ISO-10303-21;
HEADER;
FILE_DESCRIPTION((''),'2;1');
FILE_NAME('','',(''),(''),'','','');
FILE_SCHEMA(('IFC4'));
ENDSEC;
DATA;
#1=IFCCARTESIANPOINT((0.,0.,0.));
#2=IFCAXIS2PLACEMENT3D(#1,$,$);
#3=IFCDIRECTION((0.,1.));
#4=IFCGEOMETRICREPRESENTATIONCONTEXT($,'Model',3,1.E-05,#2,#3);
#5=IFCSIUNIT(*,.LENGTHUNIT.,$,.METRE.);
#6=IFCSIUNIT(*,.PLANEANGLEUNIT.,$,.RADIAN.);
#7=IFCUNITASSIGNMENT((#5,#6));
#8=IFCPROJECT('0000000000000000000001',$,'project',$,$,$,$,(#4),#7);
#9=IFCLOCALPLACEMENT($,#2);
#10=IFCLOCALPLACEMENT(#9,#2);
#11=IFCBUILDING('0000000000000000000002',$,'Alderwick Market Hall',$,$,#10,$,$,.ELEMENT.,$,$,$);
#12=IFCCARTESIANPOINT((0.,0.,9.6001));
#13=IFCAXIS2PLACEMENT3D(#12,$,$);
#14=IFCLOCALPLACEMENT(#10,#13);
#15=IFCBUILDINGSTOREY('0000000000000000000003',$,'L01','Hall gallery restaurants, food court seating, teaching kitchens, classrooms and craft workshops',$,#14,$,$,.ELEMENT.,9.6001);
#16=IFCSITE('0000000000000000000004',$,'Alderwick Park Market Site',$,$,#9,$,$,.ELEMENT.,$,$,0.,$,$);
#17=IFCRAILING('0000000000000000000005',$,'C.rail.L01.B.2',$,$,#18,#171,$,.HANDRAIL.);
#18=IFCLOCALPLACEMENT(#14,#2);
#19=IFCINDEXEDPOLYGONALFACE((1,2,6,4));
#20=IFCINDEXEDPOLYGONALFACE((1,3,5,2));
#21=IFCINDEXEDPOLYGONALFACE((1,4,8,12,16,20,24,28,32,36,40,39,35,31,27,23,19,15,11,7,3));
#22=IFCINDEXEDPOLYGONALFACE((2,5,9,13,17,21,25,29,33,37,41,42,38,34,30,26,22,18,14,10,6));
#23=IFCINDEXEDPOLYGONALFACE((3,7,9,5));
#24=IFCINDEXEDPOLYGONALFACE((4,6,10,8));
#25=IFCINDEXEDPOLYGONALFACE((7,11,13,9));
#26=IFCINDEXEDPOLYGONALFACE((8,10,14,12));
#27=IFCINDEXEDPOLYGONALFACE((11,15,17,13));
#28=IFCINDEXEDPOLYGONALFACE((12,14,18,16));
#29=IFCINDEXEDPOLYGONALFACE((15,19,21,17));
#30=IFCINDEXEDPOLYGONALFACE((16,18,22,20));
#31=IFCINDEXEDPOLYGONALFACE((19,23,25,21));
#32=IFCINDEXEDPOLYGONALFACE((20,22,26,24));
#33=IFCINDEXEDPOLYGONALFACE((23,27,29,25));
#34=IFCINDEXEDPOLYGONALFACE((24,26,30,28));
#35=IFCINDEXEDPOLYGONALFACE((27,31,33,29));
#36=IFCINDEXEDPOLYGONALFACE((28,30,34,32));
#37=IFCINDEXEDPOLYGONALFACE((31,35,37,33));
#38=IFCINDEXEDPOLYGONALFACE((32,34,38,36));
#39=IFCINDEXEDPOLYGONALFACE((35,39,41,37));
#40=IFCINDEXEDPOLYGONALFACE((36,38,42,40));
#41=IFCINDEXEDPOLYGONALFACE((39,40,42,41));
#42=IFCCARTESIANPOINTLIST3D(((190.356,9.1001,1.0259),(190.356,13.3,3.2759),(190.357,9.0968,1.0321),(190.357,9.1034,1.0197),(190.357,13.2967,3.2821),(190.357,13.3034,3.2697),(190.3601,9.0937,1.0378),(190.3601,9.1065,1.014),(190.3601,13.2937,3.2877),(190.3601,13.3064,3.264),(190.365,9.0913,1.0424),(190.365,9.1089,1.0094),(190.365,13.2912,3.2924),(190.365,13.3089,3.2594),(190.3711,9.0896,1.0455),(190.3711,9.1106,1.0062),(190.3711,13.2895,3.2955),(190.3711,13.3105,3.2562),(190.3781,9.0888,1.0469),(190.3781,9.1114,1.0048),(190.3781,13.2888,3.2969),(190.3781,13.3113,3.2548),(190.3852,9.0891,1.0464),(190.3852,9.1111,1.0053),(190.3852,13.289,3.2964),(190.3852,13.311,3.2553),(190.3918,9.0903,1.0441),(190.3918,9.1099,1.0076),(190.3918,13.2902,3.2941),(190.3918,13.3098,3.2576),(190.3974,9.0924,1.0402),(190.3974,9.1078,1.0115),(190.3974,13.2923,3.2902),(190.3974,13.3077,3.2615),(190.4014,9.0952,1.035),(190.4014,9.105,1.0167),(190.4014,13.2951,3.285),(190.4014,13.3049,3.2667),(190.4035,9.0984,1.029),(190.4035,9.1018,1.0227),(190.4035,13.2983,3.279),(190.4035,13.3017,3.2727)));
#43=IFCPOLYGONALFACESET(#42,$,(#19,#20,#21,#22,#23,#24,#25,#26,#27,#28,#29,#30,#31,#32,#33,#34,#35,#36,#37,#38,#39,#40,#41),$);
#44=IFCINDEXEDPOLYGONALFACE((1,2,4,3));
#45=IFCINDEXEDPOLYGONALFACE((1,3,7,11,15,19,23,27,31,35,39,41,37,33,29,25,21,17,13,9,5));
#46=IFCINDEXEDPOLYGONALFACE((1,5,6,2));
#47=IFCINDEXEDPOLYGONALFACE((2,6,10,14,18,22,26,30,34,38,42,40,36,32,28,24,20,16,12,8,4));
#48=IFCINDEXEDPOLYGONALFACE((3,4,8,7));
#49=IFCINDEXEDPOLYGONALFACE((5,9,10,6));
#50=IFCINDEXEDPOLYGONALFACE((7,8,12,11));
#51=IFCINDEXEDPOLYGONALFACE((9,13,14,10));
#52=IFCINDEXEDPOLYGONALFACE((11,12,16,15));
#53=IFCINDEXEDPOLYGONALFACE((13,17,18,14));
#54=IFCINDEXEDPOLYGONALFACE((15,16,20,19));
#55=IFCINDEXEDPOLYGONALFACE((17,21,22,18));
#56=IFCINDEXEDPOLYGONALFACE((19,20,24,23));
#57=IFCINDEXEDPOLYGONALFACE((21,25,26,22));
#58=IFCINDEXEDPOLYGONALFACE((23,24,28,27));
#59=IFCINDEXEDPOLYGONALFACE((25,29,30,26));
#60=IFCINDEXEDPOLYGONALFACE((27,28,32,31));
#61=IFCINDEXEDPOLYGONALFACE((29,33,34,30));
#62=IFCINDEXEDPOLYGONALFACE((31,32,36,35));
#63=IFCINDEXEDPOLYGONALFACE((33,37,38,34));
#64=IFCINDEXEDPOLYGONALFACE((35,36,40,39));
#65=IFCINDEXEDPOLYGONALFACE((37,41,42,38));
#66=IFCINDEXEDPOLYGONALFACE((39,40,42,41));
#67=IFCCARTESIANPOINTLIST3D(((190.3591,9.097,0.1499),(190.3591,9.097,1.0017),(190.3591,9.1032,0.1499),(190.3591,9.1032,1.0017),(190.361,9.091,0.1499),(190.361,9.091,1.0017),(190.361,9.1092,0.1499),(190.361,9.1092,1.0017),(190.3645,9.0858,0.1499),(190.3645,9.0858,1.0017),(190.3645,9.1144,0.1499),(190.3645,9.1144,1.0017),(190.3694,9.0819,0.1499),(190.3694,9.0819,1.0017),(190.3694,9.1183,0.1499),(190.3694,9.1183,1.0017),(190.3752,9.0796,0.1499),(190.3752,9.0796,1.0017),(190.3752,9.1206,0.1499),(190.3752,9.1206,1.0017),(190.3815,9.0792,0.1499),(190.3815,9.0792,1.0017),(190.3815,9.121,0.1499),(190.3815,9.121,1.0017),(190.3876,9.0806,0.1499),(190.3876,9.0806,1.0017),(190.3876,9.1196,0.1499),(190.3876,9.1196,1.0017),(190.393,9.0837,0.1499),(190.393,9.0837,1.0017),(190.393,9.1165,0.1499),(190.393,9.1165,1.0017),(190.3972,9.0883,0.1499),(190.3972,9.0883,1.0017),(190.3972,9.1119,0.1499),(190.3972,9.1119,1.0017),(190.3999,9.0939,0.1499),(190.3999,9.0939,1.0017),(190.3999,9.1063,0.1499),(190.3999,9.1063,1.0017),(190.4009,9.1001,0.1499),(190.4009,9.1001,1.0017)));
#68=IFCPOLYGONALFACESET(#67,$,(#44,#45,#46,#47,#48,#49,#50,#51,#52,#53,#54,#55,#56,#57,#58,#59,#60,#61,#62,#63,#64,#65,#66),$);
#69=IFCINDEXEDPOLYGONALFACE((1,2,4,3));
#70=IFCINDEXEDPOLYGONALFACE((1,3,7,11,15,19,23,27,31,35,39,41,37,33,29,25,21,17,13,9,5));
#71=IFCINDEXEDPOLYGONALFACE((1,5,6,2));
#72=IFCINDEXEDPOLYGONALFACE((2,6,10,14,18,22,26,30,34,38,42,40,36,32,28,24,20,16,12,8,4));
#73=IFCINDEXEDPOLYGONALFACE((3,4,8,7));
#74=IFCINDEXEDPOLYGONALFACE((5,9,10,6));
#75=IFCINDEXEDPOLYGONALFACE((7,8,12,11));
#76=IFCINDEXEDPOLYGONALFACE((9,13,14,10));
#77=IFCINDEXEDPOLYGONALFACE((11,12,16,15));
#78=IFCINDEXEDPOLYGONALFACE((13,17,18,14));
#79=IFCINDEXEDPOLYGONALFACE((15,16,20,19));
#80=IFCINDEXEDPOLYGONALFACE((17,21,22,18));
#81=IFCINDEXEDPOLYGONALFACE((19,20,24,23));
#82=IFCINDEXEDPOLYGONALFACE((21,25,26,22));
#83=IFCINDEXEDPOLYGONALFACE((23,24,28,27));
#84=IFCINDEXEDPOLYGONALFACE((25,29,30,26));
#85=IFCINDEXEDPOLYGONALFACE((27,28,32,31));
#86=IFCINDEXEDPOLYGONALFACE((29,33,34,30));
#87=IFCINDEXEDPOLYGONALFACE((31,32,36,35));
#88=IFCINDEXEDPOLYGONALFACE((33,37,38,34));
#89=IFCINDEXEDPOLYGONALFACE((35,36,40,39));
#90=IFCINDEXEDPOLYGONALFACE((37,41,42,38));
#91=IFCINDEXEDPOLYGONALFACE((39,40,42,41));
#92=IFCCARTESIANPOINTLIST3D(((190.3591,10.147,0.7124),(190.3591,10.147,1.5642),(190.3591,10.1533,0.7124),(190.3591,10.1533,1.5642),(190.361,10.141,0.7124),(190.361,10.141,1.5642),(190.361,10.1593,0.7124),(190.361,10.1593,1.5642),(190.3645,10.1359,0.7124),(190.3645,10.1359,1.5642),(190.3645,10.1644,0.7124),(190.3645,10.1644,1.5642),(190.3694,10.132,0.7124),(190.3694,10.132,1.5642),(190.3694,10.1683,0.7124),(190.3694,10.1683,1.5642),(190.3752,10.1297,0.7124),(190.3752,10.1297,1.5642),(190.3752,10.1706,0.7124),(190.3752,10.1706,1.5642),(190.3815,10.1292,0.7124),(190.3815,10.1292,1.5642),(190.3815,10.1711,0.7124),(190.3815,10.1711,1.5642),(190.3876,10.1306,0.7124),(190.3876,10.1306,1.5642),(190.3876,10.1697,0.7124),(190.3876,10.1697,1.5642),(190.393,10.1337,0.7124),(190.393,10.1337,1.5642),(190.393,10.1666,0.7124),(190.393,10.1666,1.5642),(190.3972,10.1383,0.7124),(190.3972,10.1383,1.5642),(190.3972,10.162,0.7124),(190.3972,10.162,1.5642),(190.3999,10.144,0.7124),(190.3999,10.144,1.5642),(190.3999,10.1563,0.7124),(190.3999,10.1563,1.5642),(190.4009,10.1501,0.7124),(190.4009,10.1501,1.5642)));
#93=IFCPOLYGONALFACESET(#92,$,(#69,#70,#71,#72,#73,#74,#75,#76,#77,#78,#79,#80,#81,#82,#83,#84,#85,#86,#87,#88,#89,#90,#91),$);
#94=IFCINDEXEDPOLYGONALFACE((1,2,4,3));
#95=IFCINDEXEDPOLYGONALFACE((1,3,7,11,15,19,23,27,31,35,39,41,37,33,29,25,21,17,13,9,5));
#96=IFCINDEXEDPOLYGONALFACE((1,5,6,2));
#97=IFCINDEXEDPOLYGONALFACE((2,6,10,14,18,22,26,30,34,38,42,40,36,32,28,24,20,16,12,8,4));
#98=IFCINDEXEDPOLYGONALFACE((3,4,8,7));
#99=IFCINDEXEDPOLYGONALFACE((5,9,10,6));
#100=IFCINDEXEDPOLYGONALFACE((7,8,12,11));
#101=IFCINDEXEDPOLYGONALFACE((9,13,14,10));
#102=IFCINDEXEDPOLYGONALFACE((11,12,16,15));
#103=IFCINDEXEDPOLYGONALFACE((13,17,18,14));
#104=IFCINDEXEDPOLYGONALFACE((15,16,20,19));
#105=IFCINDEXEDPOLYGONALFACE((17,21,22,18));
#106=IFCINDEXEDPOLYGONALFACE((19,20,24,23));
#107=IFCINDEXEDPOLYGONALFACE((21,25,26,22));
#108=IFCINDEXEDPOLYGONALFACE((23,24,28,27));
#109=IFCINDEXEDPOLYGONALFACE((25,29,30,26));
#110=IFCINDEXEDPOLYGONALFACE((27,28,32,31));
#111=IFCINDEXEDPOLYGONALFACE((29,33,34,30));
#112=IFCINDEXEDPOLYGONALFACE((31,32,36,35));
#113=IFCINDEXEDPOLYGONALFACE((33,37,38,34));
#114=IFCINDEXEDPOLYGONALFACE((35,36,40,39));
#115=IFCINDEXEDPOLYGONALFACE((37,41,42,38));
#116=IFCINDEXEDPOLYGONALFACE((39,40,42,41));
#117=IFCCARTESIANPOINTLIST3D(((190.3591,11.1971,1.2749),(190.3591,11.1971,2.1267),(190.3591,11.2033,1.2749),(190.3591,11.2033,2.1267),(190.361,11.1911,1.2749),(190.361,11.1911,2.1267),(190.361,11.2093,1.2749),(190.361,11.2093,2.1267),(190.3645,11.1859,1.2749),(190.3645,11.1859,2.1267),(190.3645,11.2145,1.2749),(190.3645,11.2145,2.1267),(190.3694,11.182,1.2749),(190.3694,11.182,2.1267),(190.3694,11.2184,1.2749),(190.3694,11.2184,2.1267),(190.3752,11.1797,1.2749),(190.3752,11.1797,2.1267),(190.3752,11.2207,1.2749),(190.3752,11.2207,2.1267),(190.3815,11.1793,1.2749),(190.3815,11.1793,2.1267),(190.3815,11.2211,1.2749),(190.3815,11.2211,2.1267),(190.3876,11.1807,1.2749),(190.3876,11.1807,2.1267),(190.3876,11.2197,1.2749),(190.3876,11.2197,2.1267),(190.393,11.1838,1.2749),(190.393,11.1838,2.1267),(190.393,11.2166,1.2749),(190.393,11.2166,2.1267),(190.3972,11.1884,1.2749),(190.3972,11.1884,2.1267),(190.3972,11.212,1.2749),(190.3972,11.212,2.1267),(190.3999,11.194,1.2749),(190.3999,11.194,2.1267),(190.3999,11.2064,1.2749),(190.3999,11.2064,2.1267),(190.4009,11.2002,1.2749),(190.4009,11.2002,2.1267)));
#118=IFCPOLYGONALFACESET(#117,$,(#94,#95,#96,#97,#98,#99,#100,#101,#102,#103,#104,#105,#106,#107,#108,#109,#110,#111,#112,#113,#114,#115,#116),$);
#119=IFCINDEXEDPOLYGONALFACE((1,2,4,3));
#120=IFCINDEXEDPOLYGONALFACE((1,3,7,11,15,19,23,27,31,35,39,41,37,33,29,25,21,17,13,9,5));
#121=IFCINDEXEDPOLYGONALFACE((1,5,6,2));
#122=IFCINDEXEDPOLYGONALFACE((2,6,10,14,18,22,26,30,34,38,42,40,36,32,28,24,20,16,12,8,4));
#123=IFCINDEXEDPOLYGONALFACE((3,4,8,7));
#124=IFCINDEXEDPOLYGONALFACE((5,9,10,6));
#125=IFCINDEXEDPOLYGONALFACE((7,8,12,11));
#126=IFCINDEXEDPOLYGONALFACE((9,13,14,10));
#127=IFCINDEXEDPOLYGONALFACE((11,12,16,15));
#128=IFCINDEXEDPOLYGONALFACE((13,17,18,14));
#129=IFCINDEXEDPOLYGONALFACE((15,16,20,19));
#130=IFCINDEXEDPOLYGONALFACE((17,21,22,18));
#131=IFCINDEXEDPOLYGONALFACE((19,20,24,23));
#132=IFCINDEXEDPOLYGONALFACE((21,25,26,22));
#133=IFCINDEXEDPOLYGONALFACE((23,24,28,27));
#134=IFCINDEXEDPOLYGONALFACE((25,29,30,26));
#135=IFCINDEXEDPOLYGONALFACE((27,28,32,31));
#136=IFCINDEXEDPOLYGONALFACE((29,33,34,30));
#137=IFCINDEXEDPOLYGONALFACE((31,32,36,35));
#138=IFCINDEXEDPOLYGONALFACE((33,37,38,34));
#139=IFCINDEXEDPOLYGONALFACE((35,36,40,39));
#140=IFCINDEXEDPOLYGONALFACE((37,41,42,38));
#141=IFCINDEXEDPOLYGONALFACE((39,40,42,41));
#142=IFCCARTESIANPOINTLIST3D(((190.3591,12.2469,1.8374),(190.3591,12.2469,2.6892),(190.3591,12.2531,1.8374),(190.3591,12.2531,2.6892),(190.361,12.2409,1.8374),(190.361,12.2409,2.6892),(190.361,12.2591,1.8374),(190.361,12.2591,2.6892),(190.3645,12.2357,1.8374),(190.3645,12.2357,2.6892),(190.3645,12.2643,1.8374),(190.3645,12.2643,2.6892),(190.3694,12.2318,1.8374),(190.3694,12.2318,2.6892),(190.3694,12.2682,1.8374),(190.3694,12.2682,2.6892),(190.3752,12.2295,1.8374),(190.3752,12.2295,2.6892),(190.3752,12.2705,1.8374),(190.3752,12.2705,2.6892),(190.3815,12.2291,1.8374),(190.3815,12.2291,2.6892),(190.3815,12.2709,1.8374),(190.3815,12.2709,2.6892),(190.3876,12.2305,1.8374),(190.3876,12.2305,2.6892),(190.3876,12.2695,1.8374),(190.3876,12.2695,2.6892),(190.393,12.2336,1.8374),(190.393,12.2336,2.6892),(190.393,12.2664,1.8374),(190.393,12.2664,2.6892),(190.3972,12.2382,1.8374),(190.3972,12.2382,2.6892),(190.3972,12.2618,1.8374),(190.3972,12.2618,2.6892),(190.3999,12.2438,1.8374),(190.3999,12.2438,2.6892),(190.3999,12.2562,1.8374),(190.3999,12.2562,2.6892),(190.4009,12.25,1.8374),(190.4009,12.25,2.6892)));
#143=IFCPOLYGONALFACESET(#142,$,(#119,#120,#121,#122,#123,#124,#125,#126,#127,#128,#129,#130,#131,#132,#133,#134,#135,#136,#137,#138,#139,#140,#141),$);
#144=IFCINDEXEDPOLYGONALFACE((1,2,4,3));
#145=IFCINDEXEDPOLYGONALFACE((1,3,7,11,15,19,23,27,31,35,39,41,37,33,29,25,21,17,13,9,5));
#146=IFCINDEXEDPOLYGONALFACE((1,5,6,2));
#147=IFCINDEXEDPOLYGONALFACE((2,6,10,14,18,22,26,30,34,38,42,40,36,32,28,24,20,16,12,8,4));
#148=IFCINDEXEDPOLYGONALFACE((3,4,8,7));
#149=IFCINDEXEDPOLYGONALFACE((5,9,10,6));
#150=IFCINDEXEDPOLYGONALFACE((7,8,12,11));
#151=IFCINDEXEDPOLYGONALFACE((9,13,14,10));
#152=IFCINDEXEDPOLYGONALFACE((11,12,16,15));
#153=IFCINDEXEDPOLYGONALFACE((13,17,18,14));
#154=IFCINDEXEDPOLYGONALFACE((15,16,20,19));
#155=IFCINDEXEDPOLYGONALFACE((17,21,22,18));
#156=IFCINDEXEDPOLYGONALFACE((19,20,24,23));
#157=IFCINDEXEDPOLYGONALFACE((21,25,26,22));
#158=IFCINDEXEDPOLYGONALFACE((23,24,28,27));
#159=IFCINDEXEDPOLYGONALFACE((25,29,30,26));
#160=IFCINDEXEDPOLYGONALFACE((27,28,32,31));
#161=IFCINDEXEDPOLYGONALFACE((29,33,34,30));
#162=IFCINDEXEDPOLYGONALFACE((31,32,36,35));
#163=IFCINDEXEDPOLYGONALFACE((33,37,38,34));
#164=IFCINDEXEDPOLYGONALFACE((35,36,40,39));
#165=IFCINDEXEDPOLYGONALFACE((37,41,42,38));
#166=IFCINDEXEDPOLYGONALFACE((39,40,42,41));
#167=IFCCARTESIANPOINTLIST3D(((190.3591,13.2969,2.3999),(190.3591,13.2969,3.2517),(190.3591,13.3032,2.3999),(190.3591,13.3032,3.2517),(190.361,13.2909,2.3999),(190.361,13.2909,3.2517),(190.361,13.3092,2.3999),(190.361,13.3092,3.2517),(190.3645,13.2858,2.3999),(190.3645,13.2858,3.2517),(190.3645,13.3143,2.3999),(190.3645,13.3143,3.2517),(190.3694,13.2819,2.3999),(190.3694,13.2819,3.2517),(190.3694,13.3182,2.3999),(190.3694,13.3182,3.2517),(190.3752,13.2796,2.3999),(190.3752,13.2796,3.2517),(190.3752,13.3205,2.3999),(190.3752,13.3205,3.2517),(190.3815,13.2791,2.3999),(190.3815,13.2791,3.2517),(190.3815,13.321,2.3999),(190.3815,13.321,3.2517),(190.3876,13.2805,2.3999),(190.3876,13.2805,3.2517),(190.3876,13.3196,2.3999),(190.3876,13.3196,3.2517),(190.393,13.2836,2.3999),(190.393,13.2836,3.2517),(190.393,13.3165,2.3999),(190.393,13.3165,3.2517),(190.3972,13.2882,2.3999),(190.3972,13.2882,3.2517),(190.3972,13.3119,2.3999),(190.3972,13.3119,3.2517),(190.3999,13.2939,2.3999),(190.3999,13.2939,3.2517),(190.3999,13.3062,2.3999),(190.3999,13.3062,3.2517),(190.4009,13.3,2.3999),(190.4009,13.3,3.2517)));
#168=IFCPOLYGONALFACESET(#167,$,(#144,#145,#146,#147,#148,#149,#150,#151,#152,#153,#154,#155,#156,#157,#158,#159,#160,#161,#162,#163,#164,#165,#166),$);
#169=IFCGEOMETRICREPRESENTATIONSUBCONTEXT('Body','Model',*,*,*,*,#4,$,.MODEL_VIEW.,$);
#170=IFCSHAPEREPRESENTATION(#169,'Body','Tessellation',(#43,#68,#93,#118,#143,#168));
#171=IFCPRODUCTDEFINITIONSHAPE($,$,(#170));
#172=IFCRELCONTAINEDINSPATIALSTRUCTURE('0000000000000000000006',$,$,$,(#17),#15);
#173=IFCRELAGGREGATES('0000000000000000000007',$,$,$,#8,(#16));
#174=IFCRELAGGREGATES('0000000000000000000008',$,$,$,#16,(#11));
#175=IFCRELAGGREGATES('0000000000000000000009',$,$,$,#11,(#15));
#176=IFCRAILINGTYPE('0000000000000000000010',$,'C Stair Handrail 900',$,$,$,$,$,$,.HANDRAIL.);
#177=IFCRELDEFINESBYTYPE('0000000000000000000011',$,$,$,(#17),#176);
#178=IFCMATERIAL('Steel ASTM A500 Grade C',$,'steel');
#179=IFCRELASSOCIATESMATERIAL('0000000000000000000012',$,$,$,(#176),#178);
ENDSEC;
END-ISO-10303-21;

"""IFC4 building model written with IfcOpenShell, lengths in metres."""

from ifc_helpers import new_model, si_unit, direction, frame, origin, origin_2d, place, context, subcontext, project, spatial, circle, extrude, material, type_object, element, save


model = new_model("IFC4")

# Units and contexts
model_context = context("Model", 3, precision=1e-05, world=origin(), true_north=direction((0.0, 1.0)))
body_context = subcontext(model_context, "Body", "Model", "MODEL_VIEW")
ifc_project = project(units=[si_unit("LENGTHUNIT", "METRE"), si_unit("PLANEANGLEUNIT", "RADIAN")], contexts=[model_context])

# Site, building, storey
site_placement = place(None, origin())
site = spatial("IfcSite", under=ifc_project, at=site_placement, Name="Alderwick Park Market Site", CompositionType="ELEMENT", RefElevation=0.0)
building_placement = place(site_placement, origin())
building = spatial("IfcBuilding", under=site, at=building_placement, Name="Alderwick Market Hall", CompositionType="ELEMENT")
storey_placement = place(building_placement, frame((0.0, 0.0, 9.6001)))
storey = spatial("IfcBuildingStorey", under=building, at=storey_placement, Name="L01", Description="Hall gallery restaurants, food court seating, teaching kitchens, classrooms and craft workshops", CompositionType="ELEMENT", Elevation=9.6001)

# Railing
ifc_material_1 = material(Name="Steel ASTM A500 Grade C", Category="steel")
railing_type = type_object("IfcRailingType", Name="C Stair Handrail 900", PredefinedType="HANDRAIL", material=ifc_material_1)
for number, where, name in (
    (1, (190.3799, 9.1001, 0.1499), "C.rail.L01.B.2"),
):
    element("IfcRailing", number, at=place(storey_placement, frame(where)), inside=storey, type_object=railing_type, Name=name, PredefinedType="HANDRAIL", context=body_context, shape_type="SweptSolid", body=[
        extrude(circle(Radius=0.0239, at=origin_2d()), frame((0.0, 0.0, 0.876), z_axis=(0.0, 0.881478, 0.472226), x_axis=(-1.0, 0.0, 0.0)), (0.0, 0.0, 1.0), 4.7646),
        extrude(circle(Radius=0.021, at=origin_2d()), origin(), (0.0, 0.0, 1.0), 0.8518),
        extrude(circle(Radius=0.021, at=origin_2d()), frame((0.0, 1.05, 0.5625)), (0.0, 0.0, 1.0), 0.8518),
        extrude(circle(Radius=0.021, at=origin_2d()), frame((0.0, 2.1001, 1.125)), (0.0, 0.0, 1.0), 0.8518),
        extrude(circle(Radius=0.021, at=origin_2d()), frame((0.0, 3.1499, 1.6875)), (0.0, 0.0, 1.0), 0.8518),
        extrude(circle(Radius=0.021, at=origin_2d()), frame((0.0, 4.2, 2.25)), (0.0, 0.0, 1.0), 0.8518),
    ])

save(model, "model.ifc")
